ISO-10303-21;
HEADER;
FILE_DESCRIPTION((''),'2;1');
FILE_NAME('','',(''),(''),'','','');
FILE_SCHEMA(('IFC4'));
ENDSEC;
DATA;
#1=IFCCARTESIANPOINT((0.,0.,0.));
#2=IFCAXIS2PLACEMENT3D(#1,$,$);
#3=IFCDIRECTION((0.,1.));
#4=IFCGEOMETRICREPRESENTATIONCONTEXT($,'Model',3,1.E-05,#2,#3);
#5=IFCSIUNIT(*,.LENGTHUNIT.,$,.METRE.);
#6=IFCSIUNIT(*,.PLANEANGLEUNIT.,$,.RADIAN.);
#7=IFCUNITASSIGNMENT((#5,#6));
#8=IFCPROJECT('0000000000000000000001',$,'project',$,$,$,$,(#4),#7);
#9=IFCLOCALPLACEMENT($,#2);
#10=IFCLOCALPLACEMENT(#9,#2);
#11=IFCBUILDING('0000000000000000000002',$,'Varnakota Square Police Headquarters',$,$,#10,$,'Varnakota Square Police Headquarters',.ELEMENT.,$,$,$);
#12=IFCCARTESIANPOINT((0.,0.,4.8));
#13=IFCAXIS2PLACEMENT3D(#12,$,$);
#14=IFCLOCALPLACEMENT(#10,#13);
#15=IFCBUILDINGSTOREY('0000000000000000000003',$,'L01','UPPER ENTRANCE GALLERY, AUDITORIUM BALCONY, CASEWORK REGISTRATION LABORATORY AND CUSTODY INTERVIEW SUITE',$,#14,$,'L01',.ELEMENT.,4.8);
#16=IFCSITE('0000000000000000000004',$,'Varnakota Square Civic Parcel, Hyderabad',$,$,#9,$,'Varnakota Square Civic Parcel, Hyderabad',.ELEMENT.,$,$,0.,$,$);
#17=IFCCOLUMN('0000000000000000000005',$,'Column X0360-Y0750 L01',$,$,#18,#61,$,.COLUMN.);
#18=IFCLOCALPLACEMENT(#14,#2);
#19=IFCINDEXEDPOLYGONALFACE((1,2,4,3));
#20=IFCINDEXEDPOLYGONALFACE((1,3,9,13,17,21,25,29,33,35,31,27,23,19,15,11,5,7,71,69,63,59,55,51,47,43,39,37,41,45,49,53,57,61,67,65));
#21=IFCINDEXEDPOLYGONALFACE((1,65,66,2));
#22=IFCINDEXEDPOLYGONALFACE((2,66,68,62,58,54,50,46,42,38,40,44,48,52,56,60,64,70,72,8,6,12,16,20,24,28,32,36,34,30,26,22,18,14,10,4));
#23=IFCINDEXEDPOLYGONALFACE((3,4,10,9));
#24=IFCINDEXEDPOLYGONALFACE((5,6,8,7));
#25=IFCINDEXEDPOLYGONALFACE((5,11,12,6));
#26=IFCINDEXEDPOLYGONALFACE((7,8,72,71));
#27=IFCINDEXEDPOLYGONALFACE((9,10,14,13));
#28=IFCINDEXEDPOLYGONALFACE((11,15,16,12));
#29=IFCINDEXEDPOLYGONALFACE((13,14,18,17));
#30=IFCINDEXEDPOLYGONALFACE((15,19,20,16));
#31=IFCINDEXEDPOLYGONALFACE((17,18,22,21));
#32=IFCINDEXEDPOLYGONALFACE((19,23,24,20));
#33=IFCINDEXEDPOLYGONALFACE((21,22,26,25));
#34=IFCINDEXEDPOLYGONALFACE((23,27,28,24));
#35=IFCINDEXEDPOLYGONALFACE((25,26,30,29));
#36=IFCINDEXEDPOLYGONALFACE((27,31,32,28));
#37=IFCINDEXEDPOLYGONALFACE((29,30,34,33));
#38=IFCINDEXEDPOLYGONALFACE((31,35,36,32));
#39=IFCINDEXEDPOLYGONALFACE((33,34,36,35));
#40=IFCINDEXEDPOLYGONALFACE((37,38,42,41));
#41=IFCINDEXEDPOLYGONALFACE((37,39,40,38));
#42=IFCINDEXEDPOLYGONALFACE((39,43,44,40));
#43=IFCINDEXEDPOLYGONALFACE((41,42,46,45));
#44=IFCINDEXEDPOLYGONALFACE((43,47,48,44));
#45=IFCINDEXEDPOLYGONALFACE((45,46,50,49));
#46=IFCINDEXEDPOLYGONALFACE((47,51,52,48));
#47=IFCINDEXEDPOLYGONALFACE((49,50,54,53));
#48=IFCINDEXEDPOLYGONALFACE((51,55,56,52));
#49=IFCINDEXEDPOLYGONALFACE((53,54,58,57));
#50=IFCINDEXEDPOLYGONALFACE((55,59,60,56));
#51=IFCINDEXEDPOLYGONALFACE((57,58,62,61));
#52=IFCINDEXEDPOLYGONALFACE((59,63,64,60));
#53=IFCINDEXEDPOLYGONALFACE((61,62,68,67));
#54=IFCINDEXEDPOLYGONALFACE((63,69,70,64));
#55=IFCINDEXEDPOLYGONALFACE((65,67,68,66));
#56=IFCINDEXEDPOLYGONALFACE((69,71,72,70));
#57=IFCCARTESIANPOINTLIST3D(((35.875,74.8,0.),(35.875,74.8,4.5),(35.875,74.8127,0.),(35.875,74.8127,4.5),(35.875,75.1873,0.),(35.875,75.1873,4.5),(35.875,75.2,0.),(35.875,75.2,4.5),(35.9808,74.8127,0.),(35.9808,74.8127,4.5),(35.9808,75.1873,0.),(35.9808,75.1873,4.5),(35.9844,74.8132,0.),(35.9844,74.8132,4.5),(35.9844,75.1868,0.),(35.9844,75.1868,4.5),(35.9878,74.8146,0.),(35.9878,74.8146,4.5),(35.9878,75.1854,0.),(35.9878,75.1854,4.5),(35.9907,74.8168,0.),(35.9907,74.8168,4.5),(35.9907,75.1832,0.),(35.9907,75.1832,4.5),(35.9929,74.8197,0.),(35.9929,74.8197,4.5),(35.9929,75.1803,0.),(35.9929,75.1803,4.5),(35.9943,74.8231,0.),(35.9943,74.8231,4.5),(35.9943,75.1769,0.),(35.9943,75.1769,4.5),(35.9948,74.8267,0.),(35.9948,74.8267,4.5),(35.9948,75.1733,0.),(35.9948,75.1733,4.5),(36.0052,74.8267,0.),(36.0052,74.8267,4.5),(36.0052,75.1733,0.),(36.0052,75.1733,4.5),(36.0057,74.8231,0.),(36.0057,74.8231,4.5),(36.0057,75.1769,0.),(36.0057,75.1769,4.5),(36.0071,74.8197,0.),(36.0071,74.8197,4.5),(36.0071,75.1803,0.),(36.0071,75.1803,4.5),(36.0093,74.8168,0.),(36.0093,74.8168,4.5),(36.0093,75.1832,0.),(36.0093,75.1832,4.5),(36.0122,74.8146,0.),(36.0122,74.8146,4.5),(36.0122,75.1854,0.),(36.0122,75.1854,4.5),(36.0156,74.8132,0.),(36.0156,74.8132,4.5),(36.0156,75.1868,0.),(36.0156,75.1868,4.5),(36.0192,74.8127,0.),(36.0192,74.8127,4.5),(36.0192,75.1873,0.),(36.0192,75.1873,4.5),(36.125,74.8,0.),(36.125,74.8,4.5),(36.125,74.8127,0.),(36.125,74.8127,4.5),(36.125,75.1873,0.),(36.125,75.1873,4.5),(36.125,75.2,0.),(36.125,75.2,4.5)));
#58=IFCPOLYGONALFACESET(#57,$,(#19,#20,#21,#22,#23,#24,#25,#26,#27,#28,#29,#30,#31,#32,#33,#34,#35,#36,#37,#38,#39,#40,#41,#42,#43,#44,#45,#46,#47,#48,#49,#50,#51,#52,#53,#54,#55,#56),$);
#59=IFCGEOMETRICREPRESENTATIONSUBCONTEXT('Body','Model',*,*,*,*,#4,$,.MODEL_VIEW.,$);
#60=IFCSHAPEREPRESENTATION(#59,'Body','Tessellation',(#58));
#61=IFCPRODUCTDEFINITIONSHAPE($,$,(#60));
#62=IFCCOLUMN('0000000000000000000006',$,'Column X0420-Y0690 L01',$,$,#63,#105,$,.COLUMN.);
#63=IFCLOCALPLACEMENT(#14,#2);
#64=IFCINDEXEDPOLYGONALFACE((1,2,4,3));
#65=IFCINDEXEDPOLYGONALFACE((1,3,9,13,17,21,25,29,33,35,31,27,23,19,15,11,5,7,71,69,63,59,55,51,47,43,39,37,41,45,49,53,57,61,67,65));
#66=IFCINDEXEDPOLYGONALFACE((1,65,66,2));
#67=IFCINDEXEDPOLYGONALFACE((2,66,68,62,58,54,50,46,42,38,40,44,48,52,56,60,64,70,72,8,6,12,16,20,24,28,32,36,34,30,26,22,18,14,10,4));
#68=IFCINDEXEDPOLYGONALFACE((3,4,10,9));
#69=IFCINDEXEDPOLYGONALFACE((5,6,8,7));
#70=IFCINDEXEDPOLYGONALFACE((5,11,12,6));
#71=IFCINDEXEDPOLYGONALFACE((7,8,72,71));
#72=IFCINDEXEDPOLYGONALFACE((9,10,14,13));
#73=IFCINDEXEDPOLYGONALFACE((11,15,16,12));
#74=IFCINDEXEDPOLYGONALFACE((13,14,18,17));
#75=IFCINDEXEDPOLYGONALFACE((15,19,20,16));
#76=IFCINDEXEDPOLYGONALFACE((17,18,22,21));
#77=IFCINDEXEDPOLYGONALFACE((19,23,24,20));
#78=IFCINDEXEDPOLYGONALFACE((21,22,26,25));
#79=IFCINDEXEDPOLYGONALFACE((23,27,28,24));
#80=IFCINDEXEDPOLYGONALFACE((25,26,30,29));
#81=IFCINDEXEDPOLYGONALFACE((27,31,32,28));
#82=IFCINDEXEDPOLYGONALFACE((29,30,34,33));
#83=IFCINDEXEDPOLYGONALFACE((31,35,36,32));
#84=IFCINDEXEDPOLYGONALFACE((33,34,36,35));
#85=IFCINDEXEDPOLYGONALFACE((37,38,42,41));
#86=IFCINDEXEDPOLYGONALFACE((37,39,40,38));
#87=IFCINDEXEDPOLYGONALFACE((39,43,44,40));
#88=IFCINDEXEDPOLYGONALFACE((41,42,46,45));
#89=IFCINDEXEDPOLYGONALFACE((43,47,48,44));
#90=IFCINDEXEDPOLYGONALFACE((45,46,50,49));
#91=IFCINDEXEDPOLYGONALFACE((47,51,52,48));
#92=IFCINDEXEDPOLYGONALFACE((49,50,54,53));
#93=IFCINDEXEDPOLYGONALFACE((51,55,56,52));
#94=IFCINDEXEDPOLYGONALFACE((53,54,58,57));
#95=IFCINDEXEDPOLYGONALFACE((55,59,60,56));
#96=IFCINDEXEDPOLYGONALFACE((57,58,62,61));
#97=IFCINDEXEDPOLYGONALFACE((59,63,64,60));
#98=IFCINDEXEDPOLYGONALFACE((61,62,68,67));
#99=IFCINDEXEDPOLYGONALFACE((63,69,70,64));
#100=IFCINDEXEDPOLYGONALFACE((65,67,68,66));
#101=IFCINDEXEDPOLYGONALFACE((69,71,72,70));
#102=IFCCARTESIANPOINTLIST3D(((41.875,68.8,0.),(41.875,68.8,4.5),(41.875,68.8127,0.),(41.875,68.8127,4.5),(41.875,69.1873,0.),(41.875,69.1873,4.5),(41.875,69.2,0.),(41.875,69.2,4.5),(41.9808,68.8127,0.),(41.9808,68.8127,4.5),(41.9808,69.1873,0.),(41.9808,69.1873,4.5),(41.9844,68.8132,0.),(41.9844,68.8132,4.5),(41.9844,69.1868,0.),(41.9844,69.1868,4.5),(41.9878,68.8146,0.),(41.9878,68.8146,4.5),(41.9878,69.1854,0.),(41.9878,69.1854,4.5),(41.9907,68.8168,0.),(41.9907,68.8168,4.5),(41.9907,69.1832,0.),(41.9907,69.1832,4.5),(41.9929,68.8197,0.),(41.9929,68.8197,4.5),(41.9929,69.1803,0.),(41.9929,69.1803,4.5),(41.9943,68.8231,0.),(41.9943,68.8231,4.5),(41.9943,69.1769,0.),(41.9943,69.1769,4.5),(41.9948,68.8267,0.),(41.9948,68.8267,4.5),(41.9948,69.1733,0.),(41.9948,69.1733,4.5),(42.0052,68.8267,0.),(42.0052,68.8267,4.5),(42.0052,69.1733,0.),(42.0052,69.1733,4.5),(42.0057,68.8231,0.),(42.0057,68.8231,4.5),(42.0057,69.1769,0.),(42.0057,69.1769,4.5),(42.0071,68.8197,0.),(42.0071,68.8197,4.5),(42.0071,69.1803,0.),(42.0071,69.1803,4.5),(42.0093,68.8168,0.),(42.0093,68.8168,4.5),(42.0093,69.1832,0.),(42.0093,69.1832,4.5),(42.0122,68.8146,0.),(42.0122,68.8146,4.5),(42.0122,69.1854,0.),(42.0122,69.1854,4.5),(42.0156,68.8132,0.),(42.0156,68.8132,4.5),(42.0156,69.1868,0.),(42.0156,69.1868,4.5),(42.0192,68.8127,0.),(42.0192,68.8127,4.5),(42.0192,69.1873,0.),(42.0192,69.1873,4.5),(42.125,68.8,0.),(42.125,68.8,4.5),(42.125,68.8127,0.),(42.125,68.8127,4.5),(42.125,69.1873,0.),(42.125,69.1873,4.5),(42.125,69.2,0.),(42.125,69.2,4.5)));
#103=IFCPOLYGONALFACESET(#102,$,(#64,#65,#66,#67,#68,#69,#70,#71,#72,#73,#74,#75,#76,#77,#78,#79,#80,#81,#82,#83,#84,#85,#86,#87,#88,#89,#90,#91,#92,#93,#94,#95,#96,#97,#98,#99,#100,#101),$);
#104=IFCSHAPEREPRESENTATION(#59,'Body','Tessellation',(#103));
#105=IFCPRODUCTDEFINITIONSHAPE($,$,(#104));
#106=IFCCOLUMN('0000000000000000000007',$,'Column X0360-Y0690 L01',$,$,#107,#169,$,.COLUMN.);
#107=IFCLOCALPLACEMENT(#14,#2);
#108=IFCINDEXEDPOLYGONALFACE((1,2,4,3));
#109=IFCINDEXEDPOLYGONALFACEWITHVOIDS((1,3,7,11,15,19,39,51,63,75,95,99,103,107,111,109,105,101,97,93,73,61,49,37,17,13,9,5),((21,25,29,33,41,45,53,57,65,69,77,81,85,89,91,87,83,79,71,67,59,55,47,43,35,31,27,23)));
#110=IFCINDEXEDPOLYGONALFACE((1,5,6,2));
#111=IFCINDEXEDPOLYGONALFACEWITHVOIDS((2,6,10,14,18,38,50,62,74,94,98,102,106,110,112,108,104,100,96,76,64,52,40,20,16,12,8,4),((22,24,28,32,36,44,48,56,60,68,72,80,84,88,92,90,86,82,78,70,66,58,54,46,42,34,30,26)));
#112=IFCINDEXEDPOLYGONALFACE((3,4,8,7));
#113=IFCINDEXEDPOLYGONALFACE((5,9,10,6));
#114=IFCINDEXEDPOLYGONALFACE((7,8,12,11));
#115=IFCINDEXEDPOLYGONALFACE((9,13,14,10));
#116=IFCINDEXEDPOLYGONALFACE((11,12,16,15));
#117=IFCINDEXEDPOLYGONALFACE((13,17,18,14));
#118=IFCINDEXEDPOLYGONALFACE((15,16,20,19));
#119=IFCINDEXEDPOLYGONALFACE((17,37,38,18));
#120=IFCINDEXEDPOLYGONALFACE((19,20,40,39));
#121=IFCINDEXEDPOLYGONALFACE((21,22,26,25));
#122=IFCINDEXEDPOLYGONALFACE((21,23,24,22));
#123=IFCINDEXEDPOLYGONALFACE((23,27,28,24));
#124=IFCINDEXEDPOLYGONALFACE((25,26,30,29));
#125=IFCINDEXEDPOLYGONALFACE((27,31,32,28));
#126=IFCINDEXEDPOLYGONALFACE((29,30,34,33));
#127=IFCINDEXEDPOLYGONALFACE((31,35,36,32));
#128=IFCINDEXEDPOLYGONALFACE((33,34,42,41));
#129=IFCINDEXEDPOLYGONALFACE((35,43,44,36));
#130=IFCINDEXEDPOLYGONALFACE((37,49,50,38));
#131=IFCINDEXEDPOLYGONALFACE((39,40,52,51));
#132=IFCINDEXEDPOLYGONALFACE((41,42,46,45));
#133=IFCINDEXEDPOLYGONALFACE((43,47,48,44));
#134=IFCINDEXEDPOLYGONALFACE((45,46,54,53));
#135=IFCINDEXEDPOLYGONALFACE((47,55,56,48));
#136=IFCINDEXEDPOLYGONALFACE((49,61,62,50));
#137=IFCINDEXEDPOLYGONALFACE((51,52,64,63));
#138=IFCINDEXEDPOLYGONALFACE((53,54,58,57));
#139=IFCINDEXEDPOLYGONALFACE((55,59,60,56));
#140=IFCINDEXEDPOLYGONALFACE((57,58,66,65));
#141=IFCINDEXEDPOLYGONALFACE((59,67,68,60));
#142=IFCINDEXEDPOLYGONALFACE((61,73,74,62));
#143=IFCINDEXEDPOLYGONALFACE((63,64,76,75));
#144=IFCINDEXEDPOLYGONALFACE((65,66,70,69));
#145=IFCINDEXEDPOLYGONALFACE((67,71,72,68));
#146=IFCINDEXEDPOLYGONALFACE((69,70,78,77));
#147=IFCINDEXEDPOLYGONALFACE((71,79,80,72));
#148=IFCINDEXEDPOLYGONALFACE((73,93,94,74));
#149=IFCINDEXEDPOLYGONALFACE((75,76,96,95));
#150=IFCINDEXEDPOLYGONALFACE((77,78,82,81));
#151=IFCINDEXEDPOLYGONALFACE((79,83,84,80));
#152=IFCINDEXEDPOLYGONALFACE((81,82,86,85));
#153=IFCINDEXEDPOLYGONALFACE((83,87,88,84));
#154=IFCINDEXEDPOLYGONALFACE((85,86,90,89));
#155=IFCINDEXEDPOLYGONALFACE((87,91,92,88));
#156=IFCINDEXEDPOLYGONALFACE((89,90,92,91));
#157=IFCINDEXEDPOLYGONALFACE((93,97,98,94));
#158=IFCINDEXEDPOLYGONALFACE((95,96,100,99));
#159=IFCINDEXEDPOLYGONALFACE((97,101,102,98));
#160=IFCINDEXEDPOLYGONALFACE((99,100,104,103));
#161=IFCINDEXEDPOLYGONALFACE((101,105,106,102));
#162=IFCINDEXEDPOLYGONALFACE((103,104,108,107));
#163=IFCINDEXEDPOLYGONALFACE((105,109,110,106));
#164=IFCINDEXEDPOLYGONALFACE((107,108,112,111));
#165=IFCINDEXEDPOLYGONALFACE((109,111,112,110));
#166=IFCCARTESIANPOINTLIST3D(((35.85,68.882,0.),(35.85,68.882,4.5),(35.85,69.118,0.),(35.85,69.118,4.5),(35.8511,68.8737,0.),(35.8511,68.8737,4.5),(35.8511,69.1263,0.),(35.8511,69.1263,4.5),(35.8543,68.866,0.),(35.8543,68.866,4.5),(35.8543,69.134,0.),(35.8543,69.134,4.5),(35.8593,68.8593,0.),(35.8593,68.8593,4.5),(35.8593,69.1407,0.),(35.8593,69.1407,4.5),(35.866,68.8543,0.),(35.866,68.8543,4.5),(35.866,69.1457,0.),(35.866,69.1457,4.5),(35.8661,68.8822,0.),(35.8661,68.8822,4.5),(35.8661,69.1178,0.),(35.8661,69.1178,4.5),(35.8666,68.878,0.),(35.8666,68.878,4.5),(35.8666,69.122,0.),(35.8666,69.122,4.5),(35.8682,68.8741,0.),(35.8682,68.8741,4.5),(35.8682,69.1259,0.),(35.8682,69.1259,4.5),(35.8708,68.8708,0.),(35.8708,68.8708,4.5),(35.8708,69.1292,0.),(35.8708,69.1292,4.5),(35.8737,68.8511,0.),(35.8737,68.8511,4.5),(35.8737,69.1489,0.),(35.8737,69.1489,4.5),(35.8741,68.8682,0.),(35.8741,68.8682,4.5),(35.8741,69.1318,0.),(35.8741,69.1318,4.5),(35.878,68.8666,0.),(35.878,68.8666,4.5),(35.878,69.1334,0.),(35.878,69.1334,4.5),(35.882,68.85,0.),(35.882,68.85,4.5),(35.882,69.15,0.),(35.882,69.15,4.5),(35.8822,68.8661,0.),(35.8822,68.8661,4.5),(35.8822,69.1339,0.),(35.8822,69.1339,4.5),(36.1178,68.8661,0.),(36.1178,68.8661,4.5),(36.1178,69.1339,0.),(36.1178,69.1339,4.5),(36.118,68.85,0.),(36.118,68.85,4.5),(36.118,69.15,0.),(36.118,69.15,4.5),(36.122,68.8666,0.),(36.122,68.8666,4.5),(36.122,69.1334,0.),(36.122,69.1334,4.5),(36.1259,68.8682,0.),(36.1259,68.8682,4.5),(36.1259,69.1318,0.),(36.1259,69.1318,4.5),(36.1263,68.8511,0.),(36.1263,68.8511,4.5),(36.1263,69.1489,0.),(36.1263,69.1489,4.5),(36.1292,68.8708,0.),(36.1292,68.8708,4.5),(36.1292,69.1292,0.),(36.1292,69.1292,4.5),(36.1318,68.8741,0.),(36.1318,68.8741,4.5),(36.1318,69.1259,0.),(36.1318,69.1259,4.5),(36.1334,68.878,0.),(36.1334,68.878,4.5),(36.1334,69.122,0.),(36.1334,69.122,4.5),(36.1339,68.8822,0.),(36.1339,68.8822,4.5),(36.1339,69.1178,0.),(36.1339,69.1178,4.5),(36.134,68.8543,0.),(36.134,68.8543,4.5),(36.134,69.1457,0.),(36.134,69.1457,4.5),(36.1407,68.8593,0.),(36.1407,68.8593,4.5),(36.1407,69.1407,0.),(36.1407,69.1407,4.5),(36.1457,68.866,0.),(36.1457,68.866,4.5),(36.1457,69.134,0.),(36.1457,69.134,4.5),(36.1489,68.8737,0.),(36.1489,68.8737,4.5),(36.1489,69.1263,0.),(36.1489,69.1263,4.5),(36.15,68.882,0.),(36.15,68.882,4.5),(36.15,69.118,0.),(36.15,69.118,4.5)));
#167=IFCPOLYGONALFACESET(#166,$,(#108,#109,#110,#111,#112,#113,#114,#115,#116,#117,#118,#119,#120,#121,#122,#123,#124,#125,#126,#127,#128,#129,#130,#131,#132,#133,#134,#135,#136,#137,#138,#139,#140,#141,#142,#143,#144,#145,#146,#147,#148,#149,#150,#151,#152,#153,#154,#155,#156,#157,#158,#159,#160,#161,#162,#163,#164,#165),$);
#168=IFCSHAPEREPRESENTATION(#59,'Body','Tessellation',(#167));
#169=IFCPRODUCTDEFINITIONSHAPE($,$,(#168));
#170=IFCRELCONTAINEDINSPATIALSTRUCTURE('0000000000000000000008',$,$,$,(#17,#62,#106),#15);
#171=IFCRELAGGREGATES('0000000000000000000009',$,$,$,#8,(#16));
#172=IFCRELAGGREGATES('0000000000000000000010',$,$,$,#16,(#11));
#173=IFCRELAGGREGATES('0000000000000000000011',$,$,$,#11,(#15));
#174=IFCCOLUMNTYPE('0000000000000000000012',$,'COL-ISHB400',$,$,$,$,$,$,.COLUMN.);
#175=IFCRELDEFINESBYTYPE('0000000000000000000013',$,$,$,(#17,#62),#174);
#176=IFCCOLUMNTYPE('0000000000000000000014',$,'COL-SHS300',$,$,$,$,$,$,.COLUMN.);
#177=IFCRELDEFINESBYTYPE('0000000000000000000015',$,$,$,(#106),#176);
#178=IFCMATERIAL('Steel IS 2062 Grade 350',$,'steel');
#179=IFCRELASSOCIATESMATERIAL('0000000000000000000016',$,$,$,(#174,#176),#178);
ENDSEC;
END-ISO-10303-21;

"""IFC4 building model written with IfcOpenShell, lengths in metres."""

from ifc_helpers import new_model, si_unit, direction, frame, origin, origin_2d, place, context, subcontext, project, spatial, hollow_rectangle, i_section, extrude, material, material_profile, profile_set, type_object, element, save


model = new_model("IFC4")

# Units and contexts
model_context = context("Model", 3, precision=1e-05, world=origin(), true_north=direction((0.0, 1.0)))
body_context = subcontext(model_context, "Body", "Model", "MODEL_VIEW")
ifc_project = project(units=[si_unit("LENGTHUNIT", "METRE"), si_unit("PLANEANGLEUNIT", "RADIAN")], contexts=[model_context])

# Site, building, storey
site_placement = place(None, origin())
site = spatial("IfcSite", under=ifc_project, at=site_placement, Name="Varnakota Square Civic Parcel, Hyderabad", LongName="Varnakota Square Civic Parcel, Hyderabad", CompositionType="ELEMENT", RefElevation=0.0)
building_placement = place(site_placement, origin())
building = spatial("IfcBuilding", under=site, at=building_placement, Name="Varnakota Square Police Headquarters", LongName="Varnakota Square Police Headquarters", CompositionType="ELEMENT")
storey_placement = place(building_placement, frame((0.0, 0.0, 4.8)))
storey = spatial("IfcBuildingStorey", under=building, at=storey_placement, Name="L01", Description="UPPER ENTRANCE GALLERY, AUDITORIUM BALCONY, CASEWORK REGISTRATION LABORATORY AND CUSTODY INTERVIEW SUITE", LongName="L01", CompositionType="ELEMENT", Elevation=4.8)

# Columns
ifc_material_1 = material(Name="Steel IS 2062 Grade 350", Category="steel")
ifc_material_profile_1 = material_profile(ifc_material_1, i_section(OverallWidth=0.25, OverallDepth=0.3999, WebThickness=0.0105, FlangeThickness=0.0127, FilletRadius=0.0139, at=origin_2d()), Name="ISHB 400")
ifc_profile_set_1 = profile_set([ifc_material_profile_1], Name="Steel IS 2062 Grade 350")
column_type_1 = type_object("IfcColumnType", Name="COL-ISHB400", PredefinedType="COLUMN", material=ifc_profile_set_1)
for number, where, z_axis, x_axis, name in (
    (1, (36.0, 75.0, 0.0), (0.0, 0.0, 1.0), (1.0, 0.0, 0.0), "Column X0360-Y0750 L01"),
    (2, (42.0, 69.0, 0.0), (0.0, 0.0, 1.0), (1.0, 0.0, 0.0), "Column X0420-Y0690 L01"),
):
    element("IfcColumn", number, at=place(storey_placement, frame(where, z_axis=z_axis, x_axis=x_axis)), inside=storey, type_object=column_type_1, Name=name, PredefinedType="COLUMN", context=body_context, shape_type="SweptSolid", body=[
        extrude(i_section(OverallWidth=0.25, OverallDepth=0.3999, WebThickness=0.0105, FlangeThickness=0.0127, FilletRadius=0.0139, at=origin_2d()), origin(), (0.0, 0.0, 1.0), 4.5),
    ])
ifc_material_profile_2 = material_profile(ifc_material_1, hollow_rectangle(XDim=0.3, YDim=0.3, WallThickness=0.0161, InnerFilletRadius=0.0161, OuterFilletRadius=0.032, at=origin_2d()), Name="SHS 300x300x16")
ifc_profile_set_2 = profile_set([ifc_material_profile_2], Name="Steel IS 2062 Grade 350")
column_type_2 = type_object("IfcColumnType", Name="COL-SHS300", PredefinedType="COLUMN", material=ifc_profile_set_2)
column_placement = place(storey_placement, frame((36.0, 69.0, 0.0), z_axis=(0.0, 0.0, 1.0), x_axis=(1.0, 0.0, 0.0)))
element("IfcColumn", 3, at=column_placement, inside=storey, type_object=column_type_2, Name="Column X0360-Y0690 L01", PredefinedType="COLUMN", context=body_context, shape_type="SweptSolid", body=[
    extrude(hollow_rectangle(XDim=0.3, YDim=0.3, WallThickness=0.0161, InnerFilletRadius=0.0161, OuterFilletRadius=0.032, at=origin_2d()), origin(), (0.0, 0.0, 1.0), 4.5),
])

save(model, "model.ifc")
